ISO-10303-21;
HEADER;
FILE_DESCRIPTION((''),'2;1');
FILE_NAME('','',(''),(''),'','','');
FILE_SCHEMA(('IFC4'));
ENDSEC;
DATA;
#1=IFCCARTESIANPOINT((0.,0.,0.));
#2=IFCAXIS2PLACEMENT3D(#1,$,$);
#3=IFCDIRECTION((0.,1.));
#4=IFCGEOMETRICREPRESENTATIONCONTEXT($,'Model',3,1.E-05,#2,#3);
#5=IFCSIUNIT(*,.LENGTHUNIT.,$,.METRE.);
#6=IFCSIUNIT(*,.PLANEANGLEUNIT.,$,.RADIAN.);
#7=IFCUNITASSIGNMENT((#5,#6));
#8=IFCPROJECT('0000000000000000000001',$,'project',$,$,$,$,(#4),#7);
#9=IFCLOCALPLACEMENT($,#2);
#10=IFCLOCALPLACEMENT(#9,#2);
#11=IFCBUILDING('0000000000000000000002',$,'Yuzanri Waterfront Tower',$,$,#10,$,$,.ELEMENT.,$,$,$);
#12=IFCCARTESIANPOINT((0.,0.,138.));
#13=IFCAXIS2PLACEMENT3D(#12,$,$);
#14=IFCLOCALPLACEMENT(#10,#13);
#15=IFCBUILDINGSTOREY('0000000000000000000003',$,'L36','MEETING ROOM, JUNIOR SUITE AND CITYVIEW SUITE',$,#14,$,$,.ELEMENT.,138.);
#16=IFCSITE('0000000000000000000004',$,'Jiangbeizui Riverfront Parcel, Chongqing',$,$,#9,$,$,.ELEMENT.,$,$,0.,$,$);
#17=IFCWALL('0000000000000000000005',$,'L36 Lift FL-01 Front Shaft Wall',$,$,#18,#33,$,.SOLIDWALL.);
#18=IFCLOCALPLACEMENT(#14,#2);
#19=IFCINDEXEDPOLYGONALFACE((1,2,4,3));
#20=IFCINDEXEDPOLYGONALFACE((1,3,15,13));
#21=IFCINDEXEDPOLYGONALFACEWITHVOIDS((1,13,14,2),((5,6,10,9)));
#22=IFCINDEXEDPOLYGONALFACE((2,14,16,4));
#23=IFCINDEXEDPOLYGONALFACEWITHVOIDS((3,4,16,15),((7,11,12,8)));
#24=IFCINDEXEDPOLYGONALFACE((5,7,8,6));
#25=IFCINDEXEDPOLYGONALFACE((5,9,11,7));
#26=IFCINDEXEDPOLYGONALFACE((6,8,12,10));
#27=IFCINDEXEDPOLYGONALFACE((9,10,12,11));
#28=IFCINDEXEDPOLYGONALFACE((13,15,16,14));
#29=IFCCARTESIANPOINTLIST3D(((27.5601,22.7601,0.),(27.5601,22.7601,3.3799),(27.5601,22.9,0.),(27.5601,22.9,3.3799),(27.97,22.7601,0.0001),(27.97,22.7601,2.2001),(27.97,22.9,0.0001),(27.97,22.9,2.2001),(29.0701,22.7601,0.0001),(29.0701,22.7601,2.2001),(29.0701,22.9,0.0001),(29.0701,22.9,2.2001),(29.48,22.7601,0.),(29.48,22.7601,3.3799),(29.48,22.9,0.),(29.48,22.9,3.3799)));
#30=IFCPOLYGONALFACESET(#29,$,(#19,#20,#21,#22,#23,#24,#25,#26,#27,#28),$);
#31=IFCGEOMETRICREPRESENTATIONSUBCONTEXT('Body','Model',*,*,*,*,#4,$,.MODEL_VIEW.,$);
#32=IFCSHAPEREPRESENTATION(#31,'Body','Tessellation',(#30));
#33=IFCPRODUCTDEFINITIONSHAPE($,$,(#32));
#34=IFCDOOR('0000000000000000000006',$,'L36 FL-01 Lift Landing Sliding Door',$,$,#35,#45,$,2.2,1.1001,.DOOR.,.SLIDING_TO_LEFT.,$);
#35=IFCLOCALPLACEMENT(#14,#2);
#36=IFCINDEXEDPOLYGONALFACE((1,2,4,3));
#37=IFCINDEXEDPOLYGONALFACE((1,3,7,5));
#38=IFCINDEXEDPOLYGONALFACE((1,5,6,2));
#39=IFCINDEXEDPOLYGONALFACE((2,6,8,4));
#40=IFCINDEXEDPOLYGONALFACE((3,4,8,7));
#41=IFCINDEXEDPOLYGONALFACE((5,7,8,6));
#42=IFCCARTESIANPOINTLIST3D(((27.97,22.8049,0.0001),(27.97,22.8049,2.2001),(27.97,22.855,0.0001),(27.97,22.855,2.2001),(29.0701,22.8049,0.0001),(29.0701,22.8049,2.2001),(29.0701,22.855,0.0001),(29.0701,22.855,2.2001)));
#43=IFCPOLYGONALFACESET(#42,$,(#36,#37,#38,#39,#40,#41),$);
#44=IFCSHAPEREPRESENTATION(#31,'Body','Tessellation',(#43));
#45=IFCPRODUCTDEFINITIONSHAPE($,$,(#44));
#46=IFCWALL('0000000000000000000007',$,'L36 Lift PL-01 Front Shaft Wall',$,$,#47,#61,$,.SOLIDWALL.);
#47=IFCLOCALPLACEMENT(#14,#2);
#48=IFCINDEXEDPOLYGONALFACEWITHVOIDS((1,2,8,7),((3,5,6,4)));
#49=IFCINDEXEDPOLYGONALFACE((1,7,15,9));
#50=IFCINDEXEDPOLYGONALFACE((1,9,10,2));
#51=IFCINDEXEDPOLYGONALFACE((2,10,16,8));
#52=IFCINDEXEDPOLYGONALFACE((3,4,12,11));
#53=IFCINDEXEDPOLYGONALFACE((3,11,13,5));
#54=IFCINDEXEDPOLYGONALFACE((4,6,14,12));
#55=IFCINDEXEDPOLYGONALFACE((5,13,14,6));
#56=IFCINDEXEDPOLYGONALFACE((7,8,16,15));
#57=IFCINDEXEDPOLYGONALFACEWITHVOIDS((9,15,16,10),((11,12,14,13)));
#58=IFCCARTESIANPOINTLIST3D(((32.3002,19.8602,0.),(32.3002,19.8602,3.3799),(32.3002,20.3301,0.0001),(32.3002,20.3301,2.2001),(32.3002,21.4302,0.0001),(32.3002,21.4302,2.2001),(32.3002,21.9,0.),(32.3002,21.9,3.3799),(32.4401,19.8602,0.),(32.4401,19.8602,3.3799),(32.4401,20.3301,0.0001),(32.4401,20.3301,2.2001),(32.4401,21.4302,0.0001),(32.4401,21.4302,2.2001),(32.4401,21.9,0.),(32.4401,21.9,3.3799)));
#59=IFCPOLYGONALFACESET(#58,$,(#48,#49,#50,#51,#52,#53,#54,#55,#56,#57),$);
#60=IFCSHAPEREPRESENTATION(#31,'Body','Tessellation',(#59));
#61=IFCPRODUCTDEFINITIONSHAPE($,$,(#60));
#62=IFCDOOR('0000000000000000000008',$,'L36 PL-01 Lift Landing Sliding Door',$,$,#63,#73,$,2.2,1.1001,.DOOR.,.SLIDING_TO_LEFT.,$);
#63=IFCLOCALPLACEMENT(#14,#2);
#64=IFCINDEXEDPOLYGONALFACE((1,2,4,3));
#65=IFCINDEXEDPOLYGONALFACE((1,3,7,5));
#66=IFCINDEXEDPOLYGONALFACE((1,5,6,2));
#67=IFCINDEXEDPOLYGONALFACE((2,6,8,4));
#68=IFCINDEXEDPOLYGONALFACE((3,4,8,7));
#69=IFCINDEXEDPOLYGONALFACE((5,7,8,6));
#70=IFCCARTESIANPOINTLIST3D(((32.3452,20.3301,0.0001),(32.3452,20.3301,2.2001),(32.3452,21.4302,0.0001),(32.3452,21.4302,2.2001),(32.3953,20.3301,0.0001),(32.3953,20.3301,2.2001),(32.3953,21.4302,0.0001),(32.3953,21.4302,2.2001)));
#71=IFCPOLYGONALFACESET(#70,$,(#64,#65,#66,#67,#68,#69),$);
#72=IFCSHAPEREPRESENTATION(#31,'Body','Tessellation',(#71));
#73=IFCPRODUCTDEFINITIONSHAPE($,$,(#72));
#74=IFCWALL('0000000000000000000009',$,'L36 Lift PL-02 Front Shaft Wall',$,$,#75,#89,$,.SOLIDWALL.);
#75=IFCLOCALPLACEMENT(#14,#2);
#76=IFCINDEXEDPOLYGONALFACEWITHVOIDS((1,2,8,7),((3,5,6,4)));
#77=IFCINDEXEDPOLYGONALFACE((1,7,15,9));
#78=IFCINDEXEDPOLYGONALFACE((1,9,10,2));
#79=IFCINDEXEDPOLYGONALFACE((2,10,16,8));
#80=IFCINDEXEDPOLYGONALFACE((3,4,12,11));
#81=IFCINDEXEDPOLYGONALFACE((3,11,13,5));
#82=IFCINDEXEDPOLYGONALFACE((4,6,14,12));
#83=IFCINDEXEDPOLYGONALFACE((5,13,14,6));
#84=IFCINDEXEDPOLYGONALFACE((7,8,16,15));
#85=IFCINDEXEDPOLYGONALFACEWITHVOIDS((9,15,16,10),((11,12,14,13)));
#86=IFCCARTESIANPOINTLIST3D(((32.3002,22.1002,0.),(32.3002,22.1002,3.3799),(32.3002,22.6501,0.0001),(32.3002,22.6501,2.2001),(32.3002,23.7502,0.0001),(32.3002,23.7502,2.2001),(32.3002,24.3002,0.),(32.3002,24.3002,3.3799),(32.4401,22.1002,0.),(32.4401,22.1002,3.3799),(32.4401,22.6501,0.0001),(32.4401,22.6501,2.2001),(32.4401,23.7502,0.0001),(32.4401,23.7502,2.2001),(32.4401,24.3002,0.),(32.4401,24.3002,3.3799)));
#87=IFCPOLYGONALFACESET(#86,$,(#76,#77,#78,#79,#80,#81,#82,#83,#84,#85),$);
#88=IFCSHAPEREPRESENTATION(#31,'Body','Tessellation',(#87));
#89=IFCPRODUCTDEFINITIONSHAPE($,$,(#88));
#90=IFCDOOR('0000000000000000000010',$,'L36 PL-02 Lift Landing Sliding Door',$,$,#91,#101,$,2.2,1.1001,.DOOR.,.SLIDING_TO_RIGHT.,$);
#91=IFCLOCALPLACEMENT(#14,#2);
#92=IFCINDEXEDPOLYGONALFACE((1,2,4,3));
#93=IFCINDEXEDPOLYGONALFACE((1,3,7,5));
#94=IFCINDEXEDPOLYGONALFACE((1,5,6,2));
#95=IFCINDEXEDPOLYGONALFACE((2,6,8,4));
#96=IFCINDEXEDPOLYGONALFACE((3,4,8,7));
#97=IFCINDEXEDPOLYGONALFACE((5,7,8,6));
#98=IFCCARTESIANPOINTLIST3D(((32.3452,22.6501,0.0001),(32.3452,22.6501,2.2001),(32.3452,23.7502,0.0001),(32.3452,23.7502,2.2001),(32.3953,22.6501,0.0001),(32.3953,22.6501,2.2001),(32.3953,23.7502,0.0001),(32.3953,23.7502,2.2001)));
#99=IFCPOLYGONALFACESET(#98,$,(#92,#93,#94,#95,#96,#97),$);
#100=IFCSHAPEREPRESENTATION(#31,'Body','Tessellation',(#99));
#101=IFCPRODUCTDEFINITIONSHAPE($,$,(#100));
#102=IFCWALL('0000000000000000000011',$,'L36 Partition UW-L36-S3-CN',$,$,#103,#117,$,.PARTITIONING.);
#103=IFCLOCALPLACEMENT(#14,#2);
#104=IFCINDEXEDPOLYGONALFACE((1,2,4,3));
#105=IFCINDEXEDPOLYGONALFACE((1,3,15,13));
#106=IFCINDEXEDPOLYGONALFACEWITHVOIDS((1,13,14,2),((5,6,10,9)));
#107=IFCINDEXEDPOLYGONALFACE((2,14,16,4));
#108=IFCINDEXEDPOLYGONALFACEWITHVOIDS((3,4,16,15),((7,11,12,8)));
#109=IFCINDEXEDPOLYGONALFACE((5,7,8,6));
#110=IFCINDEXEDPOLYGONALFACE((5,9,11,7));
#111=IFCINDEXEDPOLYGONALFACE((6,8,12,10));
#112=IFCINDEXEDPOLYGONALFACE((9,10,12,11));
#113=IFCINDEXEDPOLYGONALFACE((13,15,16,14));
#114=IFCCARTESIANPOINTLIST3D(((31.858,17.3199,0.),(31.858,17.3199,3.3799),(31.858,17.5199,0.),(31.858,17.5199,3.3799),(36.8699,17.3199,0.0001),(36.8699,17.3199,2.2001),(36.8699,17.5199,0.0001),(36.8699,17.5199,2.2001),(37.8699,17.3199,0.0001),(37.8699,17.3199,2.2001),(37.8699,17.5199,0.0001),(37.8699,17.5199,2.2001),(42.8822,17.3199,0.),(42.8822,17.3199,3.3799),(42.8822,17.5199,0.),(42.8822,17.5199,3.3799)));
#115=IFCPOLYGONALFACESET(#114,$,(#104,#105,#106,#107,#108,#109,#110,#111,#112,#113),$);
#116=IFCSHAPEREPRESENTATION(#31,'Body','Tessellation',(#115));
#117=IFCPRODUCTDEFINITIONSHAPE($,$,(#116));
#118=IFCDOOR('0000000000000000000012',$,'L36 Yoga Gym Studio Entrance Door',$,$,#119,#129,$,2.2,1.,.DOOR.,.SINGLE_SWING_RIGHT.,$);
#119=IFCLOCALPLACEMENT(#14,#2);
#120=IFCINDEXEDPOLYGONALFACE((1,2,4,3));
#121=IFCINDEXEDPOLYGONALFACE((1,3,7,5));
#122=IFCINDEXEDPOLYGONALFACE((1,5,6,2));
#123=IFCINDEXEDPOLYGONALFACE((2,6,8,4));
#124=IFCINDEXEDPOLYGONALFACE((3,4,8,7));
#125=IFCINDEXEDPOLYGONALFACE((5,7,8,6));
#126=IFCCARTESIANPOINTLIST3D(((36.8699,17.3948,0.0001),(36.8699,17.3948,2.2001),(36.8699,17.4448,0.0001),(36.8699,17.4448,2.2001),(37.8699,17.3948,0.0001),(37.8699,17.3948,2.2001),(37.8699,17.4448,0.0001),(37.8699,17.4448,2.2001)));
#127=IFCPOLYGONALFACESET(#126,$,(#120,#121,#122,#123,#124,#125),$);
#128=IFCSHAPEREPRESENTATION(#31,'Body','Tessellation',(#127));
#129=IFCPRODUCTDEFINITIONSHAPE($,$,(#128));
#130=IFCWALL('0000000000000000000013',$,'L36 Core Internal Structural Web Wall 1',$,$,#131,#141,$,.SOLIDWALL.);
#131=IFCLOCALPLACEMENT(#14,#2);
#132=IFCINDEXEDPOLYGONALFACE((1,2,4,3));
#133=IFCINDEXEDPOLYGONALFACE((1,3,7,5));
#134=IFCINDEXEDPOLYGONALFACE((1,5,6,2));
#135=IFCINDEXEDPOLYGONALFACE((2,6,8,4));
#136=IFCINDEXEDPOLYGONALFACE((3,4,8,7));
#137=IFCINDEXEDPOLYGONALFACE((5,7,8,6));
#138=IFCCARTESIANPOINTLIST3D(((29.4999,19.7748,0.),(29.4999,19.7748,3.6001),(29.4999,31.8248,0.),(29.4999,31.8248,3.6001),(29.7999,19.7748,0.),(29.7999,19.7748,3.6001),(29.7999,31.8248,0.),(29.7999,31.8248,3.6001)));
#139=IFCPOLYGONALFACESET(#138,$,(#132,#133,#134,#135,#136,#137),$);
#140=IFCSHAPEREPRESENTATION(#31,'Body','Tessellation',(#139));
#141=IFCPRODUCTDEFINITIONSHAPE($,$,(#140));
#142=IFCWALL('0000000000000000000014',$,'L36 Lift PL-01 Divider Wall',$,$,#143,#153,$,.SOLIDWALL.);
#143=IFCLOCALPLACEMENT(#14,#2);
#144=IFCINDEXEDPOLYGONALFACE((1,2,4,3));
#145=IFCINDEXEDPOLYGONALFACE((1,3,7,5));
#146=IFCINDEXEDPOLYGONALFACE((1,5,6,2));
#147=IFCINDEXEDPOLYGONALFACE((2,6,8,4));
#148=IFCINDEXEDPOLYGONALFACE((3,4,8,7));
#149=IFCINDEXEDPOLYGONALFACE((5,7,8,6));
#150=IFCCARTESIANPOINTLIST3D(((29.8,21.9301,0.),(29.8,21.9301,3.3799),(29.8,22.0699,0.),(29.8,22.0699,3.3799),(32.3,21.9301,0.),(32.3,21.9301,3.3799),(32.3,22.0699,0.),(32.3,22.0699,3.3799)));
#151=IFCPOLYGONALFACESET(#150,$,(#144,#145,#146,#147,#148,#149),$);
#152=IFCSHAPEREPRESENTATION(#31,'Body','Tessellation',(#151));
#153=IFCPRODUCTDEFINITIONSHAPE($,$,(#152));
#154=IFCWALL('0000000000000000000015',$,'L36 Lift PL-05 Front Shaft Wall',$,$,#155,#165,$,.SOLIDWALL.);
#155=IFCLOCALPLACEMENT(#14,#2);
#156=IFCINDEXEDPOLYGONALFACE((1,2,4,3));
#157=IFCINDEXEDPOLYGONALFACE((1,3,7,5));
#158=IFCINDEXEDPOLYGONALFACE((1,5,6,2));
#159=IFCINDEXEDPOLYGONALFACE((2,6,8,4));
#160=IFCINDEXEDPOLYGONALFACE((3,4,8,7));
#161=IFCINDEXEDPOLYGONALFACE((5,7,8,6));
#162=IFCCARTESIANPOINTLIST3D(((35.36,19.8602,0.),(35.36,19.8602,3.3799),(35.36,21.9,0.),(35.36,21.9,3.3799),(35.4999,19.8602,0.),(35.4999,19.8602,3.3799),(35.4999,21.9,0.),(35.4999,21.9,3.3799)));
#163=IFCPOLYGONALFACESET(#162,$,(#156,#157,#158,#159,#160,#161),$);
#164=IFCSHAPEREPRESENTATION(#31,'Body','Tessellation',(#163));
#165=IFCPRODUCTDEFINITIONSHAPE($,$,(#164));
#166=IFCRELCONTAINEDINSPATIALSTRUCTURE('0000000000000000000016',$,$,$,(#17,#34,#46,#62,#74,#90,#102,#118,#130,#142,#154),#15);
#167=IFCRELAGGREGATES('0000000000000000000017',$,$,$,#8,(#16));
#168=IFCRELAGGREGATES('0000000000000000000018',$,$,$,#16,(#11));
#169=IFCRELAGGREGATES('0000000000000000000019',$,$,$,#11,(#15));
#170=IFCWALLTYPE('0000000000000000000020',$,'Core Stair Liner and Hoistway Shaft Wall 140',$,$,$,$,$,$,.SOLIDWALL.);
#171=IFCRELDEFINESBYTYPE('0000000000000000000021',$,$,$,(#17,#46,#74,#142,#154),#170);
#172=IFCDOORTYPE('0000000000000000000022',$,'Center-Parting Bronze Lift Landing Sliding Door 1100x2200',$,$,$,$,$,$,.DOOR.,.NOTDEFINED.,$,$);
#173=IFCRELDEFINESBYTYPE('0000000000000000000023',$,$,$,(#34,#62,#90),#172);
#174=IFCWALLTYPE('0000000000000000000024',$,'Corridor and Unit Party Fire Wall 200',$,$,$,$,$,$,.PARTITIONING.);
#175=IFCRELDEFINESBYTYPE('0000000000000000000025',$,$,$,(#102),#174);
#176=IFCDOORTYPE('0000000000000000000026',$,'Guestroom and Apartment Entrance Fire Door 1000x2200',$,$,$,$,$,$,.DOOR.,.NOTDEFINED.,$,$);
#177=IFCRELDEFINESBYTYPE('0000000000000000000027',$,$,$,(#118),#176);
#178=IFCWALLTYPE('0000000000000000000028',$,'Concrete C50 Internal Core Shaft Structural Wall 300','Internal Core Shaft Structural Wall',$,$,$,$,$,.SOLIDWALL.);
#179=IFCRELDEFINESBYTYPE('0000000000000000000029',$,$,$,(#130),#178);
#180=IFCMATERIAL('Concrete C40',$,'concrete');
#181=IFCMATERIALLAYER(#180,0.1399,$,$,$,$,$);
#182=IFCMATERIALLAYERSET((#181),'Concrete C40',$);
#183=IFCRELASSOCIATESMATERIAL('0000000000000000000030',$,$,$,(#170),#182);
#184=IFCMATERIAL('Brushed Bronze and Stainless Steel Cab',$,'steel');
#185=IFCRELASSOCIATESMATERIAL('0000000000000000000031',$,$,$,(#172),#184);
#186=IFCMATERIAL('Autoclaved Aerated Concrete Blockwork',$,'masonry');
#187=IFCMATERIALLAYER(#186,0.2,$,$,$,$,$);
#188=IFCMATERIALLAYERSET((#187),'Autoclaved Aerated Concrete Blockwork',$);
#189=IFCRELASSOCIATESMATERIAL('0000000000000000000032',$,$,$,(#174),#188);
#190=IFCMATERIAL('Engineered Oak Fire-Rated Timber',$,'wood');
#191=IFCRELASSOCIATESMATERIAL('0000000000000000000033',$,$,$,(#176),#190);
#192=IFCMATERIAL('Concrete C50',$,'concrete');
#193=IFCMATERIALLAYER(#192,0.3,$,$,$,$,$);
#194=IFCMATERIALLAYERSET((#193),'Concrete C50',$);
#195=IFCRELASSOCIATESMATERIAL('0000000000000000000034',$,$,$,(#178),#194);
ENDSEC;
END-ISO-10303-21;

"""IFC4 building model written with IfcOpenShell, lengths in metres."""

from ifc_helpers import new_model, si_unit, direction, frame, frame_2d, origin, place, context, subcontext, project, spatial, rectangle, extrude, source, transform, mapped, material, layer, layer_set, type_object, element, fill, save


model = new_model("IFC4")

# Units and contexts
model_context = context("Model", 3, precision=1e-05, world=origin(), true_north=direction((0.0, 1.0)))
body_context = subcontext(model_context, "Body", "Model", "MODEL_VIEW")
ifc_project = project(units=[si_unit("LENGTHUNIT", "METRE"), si_unit("PLANEANGLEUNIT", "RADIAN")], contexts=[model_context])

# Site, building, storey
site_placement = place(None, origin())
site = spatial("IfcSite", under=ifc_project, at=site_placement, Name="Jiangbeizui Riverfront Parcel, Chongqing", CompositionType="ELEMENT", RefElevation=0.0)
building_placement = place(site_placement, origin())
building = spatial("IfcBuilding", under=site, at=building_placement, Name="Yuzanri Waterfront Tower", CompositionType="ELEMENT")
storey_placement = place(building_placement, frame((0.0, 0.0, 138.0)))
storey = spatial("IfcBuildingStorey", under=building, at=storey_placement, Name="L36", Description="MEETING ROOM, JUNIOR SUITE AND CITYVIEW SUITE", CompositionType="ELEMENT", Elevation=138.0)

# Walls, openings, doors
ifc_material_1 = material(Name="Concrete C40", Category="concrete")
ifc_layer_1 = layer(ifc_material_1, 0.1399)
ifc_layer_set_1 = layer_set([ifc_layer_1], Name="Concrete C40")
wall_type_1 = type_object("IfcWallType", Name="Core Stair Liner and Hoistway Shaft Wall 140", PredefinedType="SOLIDWALL", material=ifc_layer_set_1)
wall_1_placement = place(storey_placement, frame((27.5601, 22.8301, 0.0), z_axis=(0.0, 0.0, 1.0), x_axis=(1.0, 0.0, 0.0)))
wall_1 = element("IfcWall", 1, at=wall_1_placement, inside=storey, type_object=wall_type_1, Name="L36 Lift FL-01 Front Shaft Wall", PredefinedType="SOLIDWALL", context=body_context, shape_type="SweptSolid", body=[
    extrude(rectangle(XDim=1.9199, YDim=0.1399, at=frame_2d((0.96, 0.0))), origin(), (0.0, 0.0, 1.0), 3.3799),
])
opening_1_placement = place(wall_1_placement, frame((0.4099, 0.0, 0.0)))
opening_1 = element("IfcOpeningElement", 2, at=opening_1_placement, cuts=wall_1, PredefinedType="OPENING", context=body_context, shape_type="SweptSolid", body=[
    extrude(rectangle(XDim=1.1001, YDim=2.2, at=frame_2d((0.55, 1.1001))), frame((0.0, 0.085, 0.0), z_axis=(0.0, -1.0, 0.0), x_axis=(1.0, 0.0, 0.0)), (0.0, 0.0, 1.0), 0.1697),
])
ifc_material_2 = material(Name="Brushed Bronze and Stainless Steel Cab", Category="steel")
door_type_1 = type_object("IfcDoorType", Name="Center-Parting Bronze Lift Landing Sliding Door 1100x2200", OperationType="NOTDEFINED", PredefinedType="DOOR", material=ifc_material_2)
shared_shape_1 = source(origin(), body_context, "Body", "SweptSolid", [
    extrude(rectangle(XDim=1.1001, YDim=2.2, at=frame_2d((0.55, 1.1001))), frame((0.0, 0.0249, 0.0), z_axis=(0.0, -1.0, 0.0), x_axis=(1.0, 0.0, 0.0)), (0.0, 0.0, 1.0), 0.05),
])
door_1_placement = place(opening_1_placement, origin())
door_1 = element("IfcDoor", 3, at=door_1_placement, inside=storey, type_object=door_type_1, Name="L36 FL-01 Lift Landing Sliding Door", OperationType="SLIDING_TO_LEFT", OverallHeight=2.2, OverallWidth=1.1001, PredefinedType="DOOR", context=body_context, shape_type="MappedRepresentation", body=[
    mapped(shared_shape_1, transform((0.0, 0.0, 0.0), scale=1.0)),
])
fill(opening_1, door_1)
wall_2_placement = place(storey_placement, frame((32.3701, 19.8601, 0.0), z_axis=(0.0, 0.0, 1.0), x_axis=(0.0, 1.0, 0.0)))
wall_2 = element("IfcWall", 4, at=wall_2_placement, inside=storey, type_object=wall_type_1, Name="L36 Lift PL-01 Front Shaft Wall", PredefinedType="SOLIDWALL", context=body_context, shape_type="SweptSolid", body=[
    extrude(rectangle(XDim=2.0398, YDim=0.1399, at=frame_2d((1.02, 0.0))), origin(), (0.0, 0.0, 1.0), 3.3799),
])
opening_2_placement = place(wall_2_placement, frame((0.47, 0.0, 0.0)))
opening_2 = element("IfcOpeningElement", 5, at=opening_2_placement, cuts=wall_2, PredefinedType="OPENING", context=body_context, shape_type="SweptSolid", body=[
    extrude(rectangle(XDim=1.1001, YDim=2.2, at=frame_2d((0.55, 1.1001))), frame((0.0, 0.085, 0.0), z_axis=(0.0, -1.0, 0.0), x_axis=(1.0, 0.0, 0.0)), (0.0, 0.0, 1.0), 0.1697),
])
door_2_placement = place(opening_2_placement, origin())
door_2 = element("IfcDoor", 6, at=door_2_placement, inside=storey, type_object=door_type_1, Name="L36 PL-01 Lift Landing Sliding Door", OperationType="SLIDING_TO_LEFT", OverallHeight=2.2, OverallWidth=1.1001, PredefinedType="DOOR", context=body_context, shape_type="MappedRepresentation", body=[
    mapped(shared_shape_1, transform((0.0, 0.0, 0.0), scale=1.0)),
])
fill(opening_2, door_2)
wall_3_placement = place(storey_placement, frame((32.3701, 22.1001, 0.0), z_axis=(0.0, 0.0, 1.0), x_axis=(0.0, 1.0, 0.0)))
wall_3 = element("IfcWall", 7, at=wall_3_placement, inside=storey, type_object=wall_type_1, Name="L36 Lift PL-02 Front Shaft Wall", PredefinedType="SOLIDWALL", context=body_context, shape_type="SweptSolid", body=[
    extrude(rectangle(XDim=2.2, YDim=0.1399, at=frame_2d((1.1001, 0.0))), origin(), (0.0, 0.0, 1.0), 3.3799),
])
opening_3_placement = place(wall_3_placement, frame((0.55, 0.0, 0.0)))
opening_3 = element("IfcOpeningElement", 8, at=opening_3_placement, cuts=wall_3, PredefinedType="OPENING", context=body_context, shape_type="SweptSolid", body=[
    extrude(rectangle(XDim=1.1001, YDim=2.2, at=frame_2d((0.55, 1.1001))), frame((0.0, 0.085, 0.0), z_axis=(0.0, -1.0, 0.0), x_axis=(1.0, 0.0, 0.0)), (0.0, 0.0, 1.0), 0.1697),
])
door_3_placement = place(opening_3_placement, origin())
door_3 = element("IfcDoor", 9, at=door_3_placement, inside=storey, type_object=door_type_1, Name="L36 PL-02 Lift Landing Sliding Door", OperationType="SLIDING_TO_RIGHT", OverallHeight=2.2, OverallWidth=1.1001, PredefinedType="DOOR", context=body_context, shape_type="MappedRepresentation", body=[
    mapped(shared_shape_1, transform((0.0, 0.0, 0.0), scale=1.0)),
])
fill(opening_3, door_3)
ifc_material_3 = material(Name="Autoclaved Aerated Concrete Blockwork", Category="masonry")
ifc_layer_2 = layer(ifc_material_3, 0.2)
ifc_layer_set_2 = layer_set([ifc_layer_2], Name="Autoclaved Aerated Concrete Blockwork")
wall_type_2 = type_object("IfcWallType", Name="Corridor and Unit Party Fire Wall 200", PredefinedType="PARTITIONING", material=ifc_layer_set_2)
wall_4_placement = place(storey_placement, frame((31.8579, 17.4199, 0.0), z_axis=(0.0, 0.0, 1.0), x_axis=(1.0, 0.0, 0.0)))
wall_4 = element("IfcWall", 10, at=wall_4_placement, inside=storey, type_object=wall_type_2, Name="L36 Partition UW-L36-S3-CN", PredefinedType="PARTITIONING", context=body_context, shape_type="SweptSolid", body=[
    extrude(rectangle(XDim=11.0242, YDim=0.2, at=frame_2d((5.5122, 0.0))), origin(), (0.0, 0.0, 1.0), 3.3799),
])
opening_4_placement = place(wall_4_placement, frame((5.012, 0.0, 0.0)))
opening_4 = element("IfcOpeningElement", 11, at=opening_4_placement, cuts=wall_4, PredefinedType="OPENING", context=body_context, shape_type="SweptSolid", body=[
    extrude(rectangle(XDim=1.0, YDim=2.2, at=frame_2d((0.5, 1.1001))), frame((0.0, 0.1147, 0.0), z_axis=(0.0, -1.0, 0.0), x_axis=(1.0, 0.0, 0.0)), (0.0, 0.0, 1.0), 0.2297),
])
ifc_material_4 = material(Name="Engineered Oak Fire-Rated Timber", Category="wood")
door_type_2 = type_object("IfcDoorType", Name="Guestroom and Apartment Entrance Fire Door 1000x2200", OperationType="NOTDEFINED", PredefinedType="DOOR", material=ifc_material_4)
shared_shape_2 = source(origin(), body_context, "Body", "SweptSolid", [
    extrude(rectangle(XDim=1.0, YDim=2.2, at=frame_2d((0.5, 1.1001))), frame((0.0, 0.0249, 0.0), z_axis=(0.0, -1.0, 0.0), x_axis=(1.0, 0.0, 0.0)), (0.0, 0.0, 1.0), 0.05),
])
door_4_placement = place(opening_4_placement, origin())
door_4 = element("IfcDoor", 12, at=door_4_placement, inside=storey, type_object=door_type_2, Name="L36 Yoga Gym Studio Entrance Door", OperationType="SINGLE_SWING_RIGHT", OverallHeight=2.2, OverallWidth=1.0, PredefinedType="DOOR", context=body_context, shape_type="MappedRepresentation", body=[
    mapped(shared_shape_2, transform((0.0, 0.0, 0.0), scale=1.0)),
])
fill(opening_4, door_4)

# Walls
ifc_material_5 = material(Name="Concrete C50", Category="concrete")
ifc_layer_3 = layer(ifc_material_5, 0.3)
ifc_layer_set_3 = layer_set([ifc_layer_3], Name="Concrete C50")
wall_type_3 = type_object("IfcWallType", Name="Concrete C50 Internal Core Shaft Structural Wall 300", Description="Internal Core Shaft Structural Wall", PredefinedType="SOLIDWALL", material=ifc_layer_set_3)
shared_shape_3 = source(origin(), body_context, "Body", "SweptSolid", [
    extrude(rectangle(XDim=12.05, YDim=0.3, at=frame_2d((6.0249, 0.0))), origin(), (0.0, 0.0, 1.0), 3.6001),
])
wall_5_placement = place(storey_placement, frame((29.6499, 19.7749, 0.0), z_axis=(0.0, 0.0, 1.0), x_axis=(0.0, 1.0, 0.0)))
element("IfcWall", 13, at=wall_5_placement, inside=storey, type_object=wall_type_3, Name="L36 Core Internal Structural Web Wall 1", PredefinedType="SOLIDWALL", context=body_context, shape_type="MappedRepresentation", body=[
    mapped(shared_shape_3, transform((0.0, 0.0, 0.0), scale=1.0)),
])
shared_shape_4 = source(origin(), body_context, "Body", "SweptSolid", [
    extrude(rectangle(XDim=2.5, YDim=0.1399, at=frame_2d((1.25, 0.0))), origin(), (0.0, 0.0, 1.0), 3.3799),
])
wall_6_placement = place(storey_placement, frame((29.8, 22.0, 0.0), z_axis=(0.0, 0.0, 1.0), x_axis=(1.0, 0.0, 0.0)))
element("IfcWall", 14, at=wall_6_placement, inside=storey, type_object=wall_type_1, Name="L36 Lift PL-01 Divider Wall", PredefinedType="SOLIDWALL", context=body_context, shape_type="MappedRepresentation", body=[
    mapped(shared_shape_4, transform((0.0, 0.0, 0.0), scale=1.0)),
])
shared_shape_5 = source(origin(), body_context, "Body", "SweptSolid", [
    extrude(rectangle(XDim=2.0398, YDim=0.1399, at=frame_2d((1.02, 0.0))), origin(), (0.0, 0.0, 1.0), 3.3799),
])
wall_7_placement = place(storey_placement, frame((35.4299, 19.8601, 0.0), z_axis=(0.0, 0.0, 1.0), x_axis=(0.0, 1.0, 0.0)))
element("IfcWall", 15, at=wall_7_placement, inside=storey, type_object=wall_type_1, Name="L36 Lift PL-05 Front Shaft Wall", PredefinedType="SOLIDWALL", context=body_context, shape_type="MappedRepresentation", body=[
    mapped(shared_shape_5, transform((0.0, 0.0, 0.0), scale=1.0)),
])

save(model, "model.ifc")
